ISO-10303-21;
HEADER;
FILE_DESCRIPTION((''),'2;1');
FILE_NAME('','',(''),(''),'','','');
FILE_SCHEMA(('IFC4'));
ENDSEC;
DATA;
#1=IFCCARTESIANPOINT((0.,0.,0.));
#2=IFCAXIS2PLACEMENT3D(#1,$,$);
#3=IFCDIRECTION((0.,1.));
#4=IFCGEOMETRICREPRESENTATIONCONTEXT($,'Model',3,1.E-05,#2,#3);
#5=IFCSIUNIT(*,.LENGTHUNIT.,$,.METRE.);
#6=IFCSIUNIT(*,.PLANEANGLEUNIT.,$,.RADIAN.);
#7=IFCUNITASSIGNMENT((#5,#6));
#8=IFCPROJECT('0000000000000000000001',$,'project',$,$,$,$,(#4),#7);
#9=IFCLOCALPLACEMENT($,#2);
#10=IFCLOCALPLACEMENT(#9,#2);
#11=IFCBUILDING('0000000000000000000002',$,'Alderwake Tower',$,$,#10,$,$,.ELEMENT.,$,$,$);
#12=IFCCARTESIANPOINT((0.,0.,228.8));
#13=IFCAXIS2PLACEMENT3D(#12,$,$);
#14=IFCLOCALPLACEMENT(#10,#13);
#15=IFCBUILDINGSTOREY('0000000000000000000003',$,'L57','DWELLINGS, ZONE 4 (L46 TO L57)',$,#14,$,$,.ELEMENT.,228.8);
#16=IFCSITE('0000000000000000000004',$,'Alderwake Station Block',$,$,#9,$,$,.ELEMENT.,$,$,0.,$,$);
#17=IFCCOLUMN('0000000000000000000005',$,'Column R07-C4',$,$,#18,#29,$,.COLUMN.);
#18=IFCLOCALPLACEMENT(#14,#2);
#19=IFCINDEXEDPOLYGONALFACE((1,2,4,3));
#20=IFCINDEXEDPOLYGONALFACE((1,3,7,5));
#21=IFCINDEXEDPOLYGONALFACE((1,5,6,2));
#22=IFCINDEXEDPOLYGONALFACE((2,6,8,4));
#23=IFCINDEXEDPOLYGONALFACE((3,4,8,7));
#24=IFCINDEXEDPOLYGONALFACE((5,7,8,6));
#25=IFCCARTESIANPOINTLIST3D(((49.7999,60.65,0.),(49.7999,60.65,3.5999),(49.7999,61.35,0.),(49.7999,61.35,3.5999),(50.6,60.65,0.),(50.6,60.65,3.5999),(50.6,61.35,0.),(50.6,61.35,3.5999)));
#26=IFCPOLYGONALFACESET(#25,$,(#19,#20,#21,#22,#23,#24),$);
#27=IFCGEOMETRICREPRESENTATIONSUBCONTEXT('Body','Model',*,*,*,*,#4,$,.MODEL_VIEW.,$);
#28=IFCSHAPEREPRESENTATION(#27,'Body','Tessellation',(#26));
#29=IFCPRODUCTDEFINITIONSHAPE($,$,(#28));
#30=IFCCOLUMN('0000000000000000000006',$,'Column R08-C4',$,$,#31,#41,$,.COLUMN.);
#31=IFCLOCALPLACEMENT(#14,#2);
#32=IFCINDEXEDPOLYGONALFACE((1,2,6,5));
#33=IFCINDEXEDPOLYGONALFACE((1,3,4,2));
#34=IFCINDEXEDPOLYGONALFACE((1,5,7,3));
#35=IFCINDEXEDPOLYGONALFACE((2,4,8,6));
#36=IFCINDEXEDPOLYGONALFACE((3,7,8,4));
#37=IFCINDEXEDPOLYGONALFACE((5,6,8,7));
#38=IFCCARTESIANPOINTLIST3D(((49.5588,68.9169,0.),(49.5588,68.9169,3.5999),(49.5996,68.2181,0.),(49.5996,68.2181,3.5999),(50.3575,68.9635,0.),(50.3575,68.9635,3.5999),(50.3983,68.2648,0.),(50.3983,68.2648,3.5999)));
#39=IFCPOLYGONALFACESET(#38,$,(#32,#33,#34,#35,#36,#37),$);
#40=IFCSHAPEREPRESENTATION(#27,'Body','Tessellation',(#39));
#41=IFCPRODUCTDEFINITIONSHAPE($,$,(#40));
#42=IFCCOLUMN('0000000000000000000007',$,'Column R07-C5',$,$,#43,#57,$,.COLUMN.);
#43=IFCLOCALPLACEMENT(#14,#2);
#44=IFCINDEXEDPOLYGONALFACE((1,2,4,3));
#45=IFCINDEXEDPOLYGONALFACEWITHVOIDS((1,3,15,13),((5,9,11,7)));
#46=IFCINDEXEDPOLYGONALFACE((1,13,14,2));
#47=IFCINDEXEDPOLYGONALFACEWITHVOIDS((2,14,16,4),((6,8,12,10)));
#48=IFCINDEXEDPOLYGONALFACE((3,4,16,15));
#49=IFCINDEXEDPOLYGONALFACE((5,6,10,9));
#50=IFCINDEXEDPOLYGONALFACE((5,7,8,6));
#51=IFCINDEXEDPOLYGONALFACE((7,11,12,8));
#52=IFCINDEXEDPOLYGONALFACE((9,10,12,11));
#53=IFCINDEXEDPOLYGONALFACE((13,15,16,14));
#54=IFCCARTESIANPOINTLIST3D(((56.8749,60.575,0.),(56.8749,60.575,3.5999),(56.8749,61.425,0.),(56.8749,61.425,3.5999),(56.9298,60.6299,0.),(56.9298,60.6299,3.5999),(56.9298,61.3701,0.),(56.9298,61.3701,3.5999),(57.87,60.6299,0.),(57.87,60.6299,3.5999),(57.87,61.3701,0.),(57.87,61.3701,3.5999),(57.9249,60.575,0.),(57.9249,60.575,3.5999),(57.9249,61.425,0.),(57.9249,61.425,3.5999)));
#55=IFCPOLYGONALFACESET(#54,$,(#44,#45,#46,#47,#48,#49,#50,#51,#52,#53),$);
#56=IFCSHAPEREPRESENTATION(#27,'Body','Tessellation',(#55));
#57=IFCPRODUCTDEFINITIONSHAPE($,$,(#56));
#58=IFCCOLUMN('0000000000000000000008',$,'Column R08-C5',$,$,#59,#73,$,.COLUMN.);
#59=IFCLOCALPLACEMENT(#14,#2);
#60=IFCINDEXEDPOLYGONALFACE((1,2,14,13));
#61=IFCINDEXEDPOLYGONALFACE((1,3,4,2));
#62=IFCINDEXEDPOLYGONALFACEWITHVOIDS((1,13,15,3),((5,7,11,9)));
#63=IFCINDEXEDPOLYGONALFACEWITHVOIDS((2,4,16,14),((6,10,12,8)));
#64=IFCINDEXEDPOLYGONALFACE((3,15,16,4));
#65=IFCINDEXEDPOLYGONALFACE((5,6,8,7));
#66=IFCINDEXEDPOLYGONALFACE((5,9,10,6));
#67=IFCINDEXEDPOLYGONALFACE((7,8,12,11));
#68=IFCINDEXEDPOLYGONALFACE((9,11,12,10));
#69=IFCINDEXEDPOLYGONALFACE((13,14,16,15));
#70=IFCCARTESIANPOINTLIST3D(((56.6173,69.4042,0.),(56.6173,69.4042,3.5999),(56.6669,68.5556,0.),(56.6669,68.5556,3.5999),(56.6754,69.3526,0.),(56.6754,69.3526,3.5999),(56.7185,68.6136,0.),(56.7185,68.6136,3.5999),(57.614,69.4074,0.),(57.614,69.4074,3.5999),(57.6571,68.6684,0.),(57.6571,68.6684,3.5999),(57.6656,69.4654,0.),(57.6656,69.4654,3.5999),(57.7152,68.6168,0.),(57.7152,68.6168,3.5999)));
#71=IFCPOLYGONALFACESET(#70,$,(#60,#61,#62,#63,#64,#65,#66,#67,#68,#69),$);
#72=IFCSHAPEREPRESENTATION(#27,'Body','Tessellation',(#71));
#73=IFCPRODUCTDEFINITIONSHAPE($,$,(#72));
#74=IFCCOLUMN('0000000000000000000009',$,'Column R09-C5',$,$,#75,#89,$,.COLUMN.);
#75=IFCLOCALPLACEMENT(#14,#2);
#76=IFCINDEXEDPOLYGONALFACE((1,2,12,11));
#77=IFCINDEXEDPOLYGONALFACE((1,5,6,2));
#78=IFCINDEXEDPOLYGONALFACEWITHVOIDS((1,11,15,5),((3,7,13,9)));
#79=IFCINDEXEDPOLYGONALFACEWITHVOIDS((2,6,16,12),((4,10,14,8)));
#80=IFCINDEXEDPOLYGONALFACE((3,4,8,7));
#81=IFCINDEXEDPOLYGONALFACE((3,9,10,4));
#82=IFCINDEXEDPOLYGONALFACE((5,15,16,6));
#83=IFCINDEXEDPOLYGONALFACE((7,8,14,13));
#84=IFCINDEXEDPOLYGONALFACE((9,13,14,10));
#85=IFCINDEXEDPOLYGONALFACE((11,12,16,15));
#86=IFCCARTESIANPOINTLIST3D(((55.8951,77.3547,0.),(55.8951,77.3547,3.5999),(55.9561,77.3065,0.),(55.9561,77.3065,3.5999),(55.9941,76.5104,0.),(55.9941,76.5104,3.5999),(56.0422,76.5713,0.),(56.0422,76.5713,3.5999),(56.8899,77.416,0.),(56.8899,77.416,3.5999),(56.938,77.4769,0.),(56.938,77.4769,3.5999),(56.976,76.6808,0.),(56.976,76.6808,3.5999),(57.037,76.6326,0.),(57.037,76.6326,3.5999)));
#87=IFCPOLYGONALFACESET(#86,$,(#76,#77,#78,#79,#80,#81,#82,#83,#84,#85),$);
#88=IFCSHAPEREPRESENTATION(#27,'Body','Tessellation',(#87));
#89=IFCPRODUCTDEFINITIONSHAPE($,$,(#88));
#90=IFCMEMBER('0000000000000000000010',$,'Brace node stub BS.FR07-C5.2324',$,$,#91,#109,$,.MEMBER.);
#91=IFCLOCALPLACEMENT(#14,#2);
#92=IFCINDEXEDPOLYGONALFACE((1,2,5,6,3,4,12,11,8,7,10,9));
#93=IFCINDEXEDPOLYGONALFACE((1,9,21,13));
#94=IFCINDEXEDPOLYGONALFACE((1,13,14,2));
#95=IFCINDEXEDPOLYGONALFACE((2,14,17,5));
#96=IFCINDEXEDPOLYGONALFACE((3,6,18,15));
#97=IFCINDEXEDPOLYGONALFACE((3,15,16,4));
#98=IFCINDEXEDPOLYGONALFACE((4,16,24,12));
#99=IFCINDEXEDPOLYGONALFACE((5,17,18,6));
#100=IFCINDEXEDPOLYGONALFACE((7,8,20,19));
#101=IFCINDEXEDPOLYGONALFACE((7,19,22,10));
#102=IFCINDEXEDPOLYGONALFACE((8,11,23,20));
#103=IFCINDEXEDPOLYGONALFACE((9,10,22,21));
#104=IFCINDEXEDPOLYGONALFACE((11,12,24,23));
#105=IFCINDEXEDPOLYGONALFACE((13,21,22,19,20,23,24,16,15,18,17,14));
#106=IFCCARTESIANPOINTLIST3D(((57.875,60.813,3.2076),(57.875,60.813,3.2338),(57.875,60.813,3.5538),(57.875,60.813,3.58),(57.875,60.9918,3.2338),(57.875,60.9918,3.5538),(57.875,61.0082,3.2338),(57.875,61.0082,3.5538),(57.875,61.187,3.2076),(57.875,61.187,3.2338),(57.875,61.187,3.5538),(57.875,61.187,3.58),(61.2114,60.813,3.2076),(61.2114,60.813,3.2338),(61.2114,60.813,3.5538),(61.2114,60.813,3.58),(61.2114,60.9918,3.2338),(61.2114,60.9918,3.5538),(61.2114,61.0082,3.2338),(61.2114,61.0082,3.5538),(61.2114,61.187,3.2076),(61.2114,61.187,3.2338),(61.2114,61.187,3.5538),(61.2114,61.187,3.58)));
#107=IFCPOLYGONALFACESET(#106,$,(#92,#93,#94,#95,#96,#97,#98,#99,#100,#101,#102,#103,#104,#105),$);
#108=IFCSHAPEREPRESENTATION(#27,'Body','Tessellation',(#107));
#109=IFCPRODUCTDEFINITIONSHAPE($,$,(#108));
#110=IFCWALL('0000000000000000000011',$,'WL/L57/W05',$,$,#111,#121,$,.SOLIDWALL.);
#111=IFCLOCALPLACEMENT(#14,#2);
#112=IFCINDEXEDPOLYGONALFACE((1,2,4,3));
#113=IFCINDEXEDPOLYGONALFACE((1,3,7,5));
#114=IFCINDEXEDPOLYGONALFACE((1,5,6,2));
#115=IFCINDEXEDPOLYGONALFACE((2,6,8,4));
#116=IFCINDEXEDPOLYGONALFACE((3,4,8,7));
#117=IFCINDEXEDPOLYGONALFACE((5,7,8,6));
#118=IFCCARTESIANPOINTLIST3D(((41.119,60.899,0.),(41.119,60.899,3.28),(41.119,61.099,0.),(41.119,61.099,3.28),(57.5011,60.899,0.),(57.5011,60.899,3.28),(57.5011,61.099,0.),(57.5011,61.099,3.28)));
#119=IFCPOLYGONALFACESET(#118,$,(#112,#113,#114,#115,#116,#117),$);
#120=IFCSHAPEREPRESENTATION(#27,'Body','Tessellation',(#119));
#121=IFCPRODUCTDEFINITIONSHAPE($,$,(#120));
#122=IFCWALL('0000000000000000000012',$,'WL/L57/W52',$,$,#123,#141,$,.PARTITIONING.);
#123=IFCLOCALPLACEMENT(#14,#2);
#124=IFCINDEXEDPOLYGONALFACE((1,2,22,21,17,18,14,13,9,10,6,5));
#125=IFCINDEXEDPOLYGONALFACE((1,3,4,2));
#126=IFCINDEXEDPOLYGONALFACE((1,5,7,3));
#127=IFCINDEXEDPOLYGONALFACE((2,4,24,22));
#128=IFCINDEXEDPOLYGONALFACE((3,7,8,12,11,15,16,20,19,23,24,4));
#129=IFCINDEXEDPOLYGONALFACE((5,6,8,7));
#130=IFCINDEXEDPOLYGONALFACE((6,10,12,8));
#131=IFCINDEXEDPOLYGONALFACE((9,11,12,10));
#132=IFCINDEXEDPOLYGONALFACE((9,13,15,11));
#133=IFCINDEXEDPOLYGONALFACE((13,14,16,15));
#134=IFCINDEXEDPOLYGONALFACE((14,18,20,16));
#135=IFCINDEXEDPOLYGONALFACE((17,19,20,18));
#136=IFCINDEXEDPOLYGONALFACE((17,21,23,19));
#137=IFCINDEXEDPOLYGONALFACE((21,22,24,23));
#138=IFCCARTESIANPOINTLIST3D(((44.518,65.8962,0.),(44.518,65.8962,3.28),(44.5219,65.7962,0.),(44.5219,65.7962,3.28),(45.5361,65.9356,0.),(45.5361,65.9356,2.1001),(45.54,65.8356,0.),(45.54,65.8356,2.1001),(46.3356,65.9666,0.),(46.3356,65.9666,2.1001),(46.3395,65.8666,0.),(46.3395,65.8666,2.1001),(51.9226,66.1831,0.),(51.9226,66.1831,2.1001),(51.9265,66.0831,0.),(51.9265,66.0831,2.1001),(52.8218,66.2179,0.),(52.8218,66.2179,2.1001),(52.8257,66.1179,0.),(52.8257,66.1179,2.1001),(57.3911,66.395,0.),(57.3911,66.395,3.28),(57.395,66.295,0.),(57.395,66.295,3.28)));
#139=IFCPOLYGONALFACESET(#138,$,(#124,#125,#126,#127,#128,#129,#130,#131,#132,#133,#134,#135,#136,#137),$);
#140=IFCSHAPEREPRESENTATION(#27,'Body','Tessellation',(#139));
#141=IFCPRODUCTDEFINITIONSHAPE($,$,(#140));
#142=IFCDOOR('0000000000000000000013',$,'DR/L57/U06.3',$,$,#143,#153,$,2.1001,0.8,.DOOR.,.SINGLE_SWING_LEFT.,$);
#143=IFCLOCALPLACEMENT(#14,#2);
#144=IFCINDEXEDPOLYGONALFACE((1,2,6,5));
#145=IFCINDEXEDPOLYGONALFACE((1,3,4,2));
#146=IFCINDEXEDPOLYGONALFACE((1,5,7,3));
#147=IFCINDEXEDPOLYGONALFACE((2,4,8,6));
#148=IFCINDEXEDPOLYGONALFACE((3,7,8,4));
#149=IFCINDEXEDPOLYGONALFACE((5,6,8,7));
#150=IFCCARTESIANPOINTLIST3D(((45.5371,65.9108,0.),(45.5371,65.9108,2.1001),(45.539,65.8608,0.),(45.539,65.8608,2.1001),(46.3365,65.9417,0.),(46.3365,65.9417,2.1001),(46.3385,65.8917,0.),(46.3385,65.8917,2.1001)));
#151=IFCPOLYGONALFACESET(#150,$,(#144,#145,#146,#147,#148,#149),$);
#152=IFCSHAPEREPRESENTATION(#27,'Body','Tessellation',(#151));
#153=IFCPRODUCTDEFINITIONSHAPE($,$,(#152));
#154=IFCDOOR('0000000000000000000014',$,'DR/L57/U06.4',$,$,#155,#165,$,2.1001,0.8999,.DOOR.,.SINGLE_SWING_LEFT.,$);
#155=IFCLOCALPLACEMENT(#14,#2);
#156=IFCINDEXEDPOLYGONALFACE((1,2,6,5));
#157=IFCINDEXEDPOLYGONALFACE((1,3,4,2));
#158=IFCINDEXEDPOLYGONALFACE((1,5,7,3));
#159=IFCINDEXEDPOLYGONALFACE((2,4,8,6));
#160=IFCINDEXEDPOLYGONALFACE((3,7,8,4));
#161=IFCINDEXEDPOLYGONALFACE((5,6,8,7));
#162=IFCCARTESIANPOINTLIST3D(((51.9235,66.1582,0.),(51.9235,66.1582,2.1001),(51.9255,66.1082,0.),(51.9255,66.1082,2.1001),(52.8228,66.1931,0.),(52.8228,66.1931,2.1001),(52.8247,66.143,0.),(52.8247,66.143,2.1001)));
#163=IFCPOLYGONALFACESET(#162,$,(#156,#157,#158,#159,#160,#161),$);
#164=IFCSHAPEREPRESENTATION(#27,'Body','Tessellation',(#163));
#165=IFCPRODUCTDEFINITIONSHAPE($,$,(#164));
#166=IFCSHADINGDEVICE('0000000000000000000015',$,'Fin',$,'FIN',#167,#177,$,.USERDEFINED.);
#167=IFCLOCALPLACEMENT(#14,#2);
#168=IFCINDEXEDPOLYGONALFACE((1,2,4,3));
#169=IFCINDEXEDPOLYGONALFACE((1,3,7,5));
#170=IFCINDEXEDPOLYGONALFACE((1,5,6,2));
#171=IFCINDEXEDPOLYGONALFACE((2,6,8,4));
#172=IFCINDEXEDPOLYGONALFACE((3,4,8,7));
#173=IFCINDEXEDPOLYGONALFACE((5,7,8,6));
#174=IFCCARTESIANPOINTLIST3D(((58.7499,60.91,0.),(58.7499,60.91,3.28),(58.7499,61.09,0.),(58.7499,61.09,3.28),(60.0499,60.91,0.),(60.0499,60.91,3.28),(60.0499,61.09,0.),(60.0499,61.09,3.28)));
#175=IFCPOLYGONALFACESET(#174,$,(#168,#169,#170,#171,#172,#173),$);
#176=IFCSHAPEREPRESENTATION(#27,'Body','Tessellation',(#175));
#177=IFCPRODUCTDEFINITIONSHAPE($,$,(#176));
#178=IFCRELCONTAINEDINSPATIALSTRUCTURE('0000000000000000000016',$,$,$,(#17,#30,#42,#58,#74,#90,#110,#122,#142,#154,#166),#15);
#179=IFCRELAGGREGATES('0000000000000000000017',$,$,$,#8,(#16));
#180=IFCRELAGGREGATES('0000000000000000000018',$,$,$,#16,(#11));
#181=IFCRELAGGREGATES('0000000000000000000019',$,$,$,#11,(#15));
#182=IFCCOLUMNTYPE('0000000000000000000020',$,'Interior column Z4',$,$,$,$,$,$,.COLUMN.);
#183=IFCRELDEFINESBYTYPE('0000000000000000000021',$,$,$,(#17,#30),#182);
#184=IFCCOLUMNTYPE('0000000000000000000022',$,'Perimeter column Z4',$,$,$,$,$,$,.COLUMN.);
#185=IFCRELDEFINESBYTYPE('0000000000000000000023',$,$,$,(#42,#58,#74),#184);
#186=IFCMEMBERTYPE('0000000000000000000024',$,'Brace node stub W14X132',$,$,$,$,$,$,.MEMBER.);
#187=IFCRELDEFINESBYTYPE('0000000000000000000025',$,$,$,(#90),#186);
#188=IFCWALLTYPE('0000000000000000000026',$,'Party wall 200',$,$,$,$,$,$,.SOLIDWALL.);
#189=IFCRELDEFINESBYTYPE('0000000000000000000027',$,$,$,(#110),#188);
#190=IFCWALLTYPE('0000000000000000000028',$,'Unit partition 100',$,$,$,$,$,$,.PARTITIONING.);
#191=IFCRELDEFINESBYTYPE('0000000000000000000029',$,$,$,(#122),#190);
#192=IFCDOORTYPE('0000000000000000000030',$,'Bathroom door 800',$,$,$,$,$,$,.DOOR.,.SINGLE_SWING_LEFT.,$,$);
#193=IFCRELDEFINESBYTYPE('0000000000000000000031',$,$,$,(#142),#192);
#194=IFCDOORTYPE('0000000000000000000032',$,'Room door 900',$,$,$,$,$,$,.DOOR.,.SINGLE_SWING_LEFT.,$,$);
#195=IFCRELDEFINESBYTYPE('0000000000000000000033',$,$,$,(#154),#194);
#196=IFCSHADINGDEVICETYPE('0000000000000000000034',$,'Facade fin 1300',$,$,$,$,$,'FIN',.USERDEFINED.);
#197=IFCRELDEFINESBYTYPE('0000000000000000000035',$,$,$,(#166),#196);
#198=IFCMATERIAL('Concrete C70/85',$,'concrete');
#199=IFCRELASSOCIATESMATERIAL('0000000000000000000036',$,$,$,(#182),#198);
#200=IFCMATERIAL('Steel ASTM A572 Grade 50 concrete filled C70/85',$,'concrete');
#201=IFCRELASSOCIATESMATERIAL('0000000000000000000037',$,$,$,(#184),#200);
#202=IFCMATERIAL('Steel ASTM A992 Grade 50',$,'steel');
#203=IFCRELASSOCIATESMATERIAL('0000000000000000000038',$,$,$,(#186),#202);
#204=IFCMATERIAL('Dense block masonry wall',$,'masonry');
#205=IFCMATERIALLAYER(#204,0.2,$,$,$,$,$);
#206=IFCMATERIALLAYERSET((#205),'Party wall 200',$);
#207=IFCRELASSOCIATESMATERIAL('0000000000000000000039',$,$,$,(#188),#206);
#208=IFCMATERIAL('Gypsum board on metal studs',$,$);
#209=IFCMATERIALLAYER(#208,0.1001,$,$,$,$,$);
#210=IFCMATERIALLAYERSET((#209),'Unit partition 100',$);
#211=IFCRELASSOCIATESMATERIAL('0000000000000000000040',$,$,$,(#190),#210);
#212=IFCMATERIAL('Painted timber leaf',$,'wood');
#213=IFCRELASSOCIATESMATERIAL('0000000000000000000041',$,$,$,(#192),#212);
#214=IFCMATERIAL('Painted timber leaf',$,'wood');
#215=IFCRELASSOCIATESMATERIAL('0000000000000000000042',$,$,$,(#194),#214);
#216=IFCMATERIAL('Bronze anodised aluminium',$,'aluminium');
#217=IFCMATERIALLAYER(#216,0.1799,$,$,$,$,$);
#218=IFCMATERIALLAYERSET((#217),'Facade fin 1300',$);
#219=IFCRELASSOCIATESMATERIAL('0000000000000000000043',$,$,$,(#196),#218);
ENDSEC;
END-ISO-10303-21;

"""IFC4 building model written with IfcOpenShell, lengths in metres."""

from ifc_helpers import new_model, si_unit, direction, frame, frame_2d, origin, origin_2d, place, context, subcontext, project, spatial, rectangle, hollow_rectangle, i_section, extrude, material, layer, layer_set, material_profile, profile_set, type_object, element, fill, save


model = new_model("IFC4")

# Units and contexts
model_context = context("Model", 3, precision=1e-05, world=origin(), true_north=direction((0.0, 1.0)))
body_context = subcontext(model_context, "Body", "Model", "MODEL_VIEW")
ifc_project = project(units=[si_unit("LENGTHUNIT", "METRE"), si_unit("PLANEANGLEUNIT", "RADIAN")], contexts=[model_context])

# Site, building, storey
site_placement = place(None, origin())
site = spatial("IfcSite", under=ifc_project, at=site_placement, Name="Alderwake Station Block", CompositionType="ELEMENT", RefElevation=0.0)
building_placement = place(site_placement, origin())
building = spatial("IfcBuilding", under=site, at=building_placement, Name="Alderwake Tower", CompositionType="ELEMENT")
storey_placement = place(building_placement, frame((0.0, 0.0, 228.8)))
storey = spatial("IfcBuildingStorey", under=building, at=storey_placement, Name="L57", Description="DWELLINGS, ZONE 4 (L46 TO L57)", CompositionType="ELEMENT", Elevation=228.8)

# Columns
ifc_material_1 = material(Name="Concrete C70/85", Category="concrete")
ifc_material_profile_1 = material_profile(ifc_material_1, rectangle(XDim=0.7, YDim=0.8, at=origin_2d()), Name="RC 800X700")
ifc_profile_set_1 = profile_set([ifc_material_profile_1], Name="Concrete C70/85")
column_type_1 = type_object("IfcColumnType", Name="Interior column Z4", PredefinedType="COLUMN", material=ifc_profile_set_1)
for number, where, z_axis, x_axis, name in (
    (1, (50.2, 61.0, 0.0), (0.0, 0.0, 1.0), (0.0, 1.0, 0.0), "Column R07-C4"),
    (2, (49.9785, 68.5908, 0.0), (0.0, 0.0, 1.0), (-0.058301, 0.998299, 0.0), "Column R08-C4"),
):
    element("IfcColumn", number, at=place(storey_placement, frame(where, z_axis=z_axis, x_axis=x_axis)), inside=storey, type_object=column_type_1, Name=name, PredefinedType="COLUMN", context=body_context, shape_type="SweptSolid", body=[
        extrude(rectangle(XDim=0.7, YDim=0.8, at=origin_2d()), origin(), (0.0, 0.0, 1.0), 3.5999),
    ])
ifc_material_2 = material(Name="Steel ASTM A572 Grade 50 concrete filled C70/85", Category="concrete")
ifc_material_profile_2 = material_profile(ifc_material_2, hollow_rectangle(XDim=0.8501, YDim=1.05, WallThickness=0.0549, at=origin_2d()), Name="BOX 1050X850X55")
ifc_profile_set_2 = profile_set([ifc_material_profile_2], Name="Steel ASTM A572 Grade 50 concrete filled C70/85")
column_type_2 = type_object("IfcColumnType", Name="Perimeter column Z4", PredefinedType="COLUMN", material=ifc_profile_set_2)
for number, where, z_axis, x_axis, name in (
    (3, (57.3999, 61.0, 0.0), (0.0, 0.0, 1.0), (0.0, 1.0, 0.0), "Column R07-C5"),
    (4, (57.1663, 69.0105, 0.0), (0.0, 0.0, 1.0), (-0.058301, 0.998299, 0.0), "Column R08-C5"),
    (5, (56.4661, 76.9937, 0.0), (0.0, 0.0, 1.0), (-0.116402, 0.993202, 0.0), "Column R09-C5"),
):
    element("IfcColumn", number, at=place(storey_placement, frame(where, z_axis=z_axis, x_axis=x_axis)), inside=storey, type_object=column_type_2, Name=name, PredefinedType="COLUMN", context=body_context, shape_type="SweptSolid", body=[
        extrude(hollow_rectangle(XDim=0.8501, YDim=1.05, WallThickness=0.0549, at=origin_2d()), origin(), (0.0, 0.0, 1.0), 3.5999),
    ])

# Member
ifc_material_3 = material(Name="Steel ASTM A992 Grade 50", Category="steel")
ifc_material_profile_3 = material_profile(ifc_material_3, i_section(OverallWidth=0.374, OverallDepth=0.3723, WebThickness=0.0164, FlangeThickness=0.0261, at=origin_2d()), Name="W14X132")
ifc_profile_set_3 = profile_set([ifc_material_profile_3], Name="Steel ASTM A992 Grade 50")
member_type = type_object("IfcMemberType", Name="Brace node stub W14X132", PredefinedType="MEMBER", material=ifc_profile_set_3)
member_placement = place(storey_placement, frame((57.875, 61.0, 3.3938), z_axis=(1.0, 0.0, 0.0), x_axis=(0.0, 1.0, 0.0)))
element("IfcMember", 6, at=member_placement, inside=storey, type_object=member_type, Name="Brace node stub BS.FR07-C5.2324", PredefinedType="MEMBER", context=body_context, shape_type="SweptSolid", body=[
    extrude(i_section(OverallWidth=0.374, OverallDepth=0.3723, WebThickness=0.0164, FlangeThickness=0.0261, at=origin_2d()), origin(), (0.0, 0.0, 1.0), 3.3364),
])

# Wall
ifc_material_4 = material(Name="Dense block masonry wall", Category="masonry")
ifc_layer_1 = layer(ifc_material_4, 0.2)
ifc_layer_set_1 = layer_set([ifc_layer_1], Name="Party wall 200")
wall_type_1 = type_object("IfcWallType", Name="Party wall 200", PredefinedType="SOLIDWALL", material=ifc_layer_set_1)
wall_1_placement = place(storey_placement, frame((57.501, 60.999, 0.0), z_axis=(0.0, 0.0, 1.0), x_axis=(-1.0, 0.0, 0.0)))
element("IfcWall", 7, at=wall_1_placement, inside=storey, type_object=wall_type_1, Name="WL/L57/W05", PredefinedType="SOLIDWALL", context=body_context, shape_type="SweptSolid", body=[
    extrude(rectangle(XDim=16.3821, YDim=0.2, at=frame_2d((8.1909, 0.0))), origin(), (0.0, 0.0, 1.0), 3.28),
])

# Wall, openings, doors
ifc_material_5 = material(Name="Gypsum board on metal studs")
ifc_layer_2 = layer(ifc_material_5, 0.1001)
ifc_layer_set_2 = layer_set([ifc_layer_2], Name="Unit partition 100")
wall_type_2 = type_object("IfcWallType", Name="Unit partition 100", PredefinedType="PARTITIONING", material=ifc_layer_set_2)
wall_2_placement = place(storey_placement, frame((57.3931, 66.345, 0.0), z_axis=(0.0, 0.0, 1.0), x_axis=(-0.99925, -0.038717, 0.0)))
wall_2 = element("IfcWall", 8, at=wall_2_placement, inside=storey, type_object=wall_type_2, Name="WL/L57/W52", PredefinedType="PARTITIONING", context=body_context, shape_type="SweptSolid", body=[
    extrude(rectangle(XDim=12.8828, YDim=0.1001, at=frame_2d((6.4414, 0.0))), origin(), (0.0, 0.0, 1.0), 3.28),
])
opening_1_placement = place(wall_2_placement, frame((11.064, 0.0, 0.0)))
opening_1 = element("IfcOpeningElement", 9, at=opening_1_placement, cuts=wall_2, PredefinedType="OPENING", context=body_context, shape_type="SweptSolid", body=[
    extrude(rectangle(XDim=0.8, YDim=2.1001, at=frame_2d((0.3999, 1.05))), frame((0.0, 0.0601, 0.0), z_axis=(0.0, -1.0, 0.0), x_axis=(1.0, 0.0, 0.0)), (0.0, 0.0, 1.0), 0.1201),
])
opening_2_placement = place(wall_2_placement, frame((4.5728, 0.0, 0.0)))
opening_2 = element("IfcOpeningElement", 10, at=opening_2_placement, cuts=wall_2, PredefinedType="OPENING", context=body_context, shape_type="SweptSolid", body=[
    extrude(rectangle(XDim=0.8999, YDim=2.1001, at=frame_2d((0.45, 1.05))), frame((0.0, 0.0601, 0.0), z_axis=(0.0, -1.0, 0.0), x_axis=(1.0, 0.0, 0.0)), (0.0, 0.0, 1.0), 0.1201),
])
ifc_material_6 = material(Name="Painted timber leaf", Category="wood")
door_type_1 = type_object("IfcDoorType", Name="Bathroom door 800", OperationType="SINGLE_SWING_LEFT", PredefinedType="DOOR", material=ifc_material_6)
door_1_placement = place(opening_1_placement, origin())
door_1 = element("IfcDoor", 11, at=door_1_placement, inside=storey, type_object=door_type_1, Name="DR/L57/U06.3", OperationType="SINGLE_SWING_LEFT", OverallHeight=2.1001, OverallWidth=0.8, PredefinedType="DOOR", context=body_context, shape_type="SweptSolid", body=[
    extrude(rectangle(XDim=0.8, YDim=2.1001, at=frame_2d((0.3999, 1.05))), frame((0.0, 0.0249, 0.0), z_axis=(0.0, -1.0, 0.0), x_axis=(1.0, 0.0, 0.0)), (0.0, 0.0, 1.0), 0.05),
])
fill(opening_1, door_1)
ifc_material_7 = material(Name="Painted timber leaf", Category="wood")
door_type_2 = type_object("IfcDoorType", Name="Room door 900", OperationType="SINGLE_SWING_LEFT", PredefinedType="DOOR", material=ifc_material_7)
door_2_placement = place(opening_2_placement, origin())
door_2 = element("IfcDoor", 12, at=door_2_placement, inside=storey, type_object=door_type_2, Name="DR/L57/U06.4", OperationType="SINGLE_SWING_LEFT", OverallHeight=2.1001, OverallWidth=0.8999, PredefinedType="DOOR", context=body_context, shape_type="SweptSolid", body=[
    extrude(rectangle(XDim=0.8999, YDim=2.1001, at=frame_2d((0.45, 1.05))), frame((0.0, 0.0249, 0.0), z_axis=(0.0, -1.0, 0.0), x_axis=(1.0, 0.0, 0.0)), (0.0, 0.0, 1.0), 0.05),
])
fill(opening_2, door_2)

# Shading device
ifc_material_8 = material(Name="Bronze anodised aluminium", Category="aluminium")
ifc_layer_3 = layer(ifc_material_8, 0.1799)
ifc_layer_set_3 = layer_set([ifc_layer_3], Name="Facade fin 1300")
shading_device_type_1 = type_object("IfcShadingDeviceType", Name="Facade fin 1300", ElementType="FIN", PredefinedType="USERDEFINED", material=ifc_layer_set_3)
for number, where, z_axis, x_axis, name in (
    (13, (59.3999, 61.0, 0.0), (0.0, 0.0, 1.0), (1.0, 0.0, 0.0), "Fin"),
):
    element("IfcShadingDevice", number, at=place(storey_placement, frame(where, z_axis=z_axis, x_axis=x_axis)), inside=storey, type_object=shading_device_type_1, Name=name, ObjectType="FIN", PredefinedType="USERDEFINED", context=body_context, shape_type="SweptSolid", body=[
        extrude(rectangle(XDim=1.3, YDim=0.1799, at=origin_2d()), origin(), (0.0, 0.0, 1.0), 3.28),
    ])

save(model, "model.ifc")
